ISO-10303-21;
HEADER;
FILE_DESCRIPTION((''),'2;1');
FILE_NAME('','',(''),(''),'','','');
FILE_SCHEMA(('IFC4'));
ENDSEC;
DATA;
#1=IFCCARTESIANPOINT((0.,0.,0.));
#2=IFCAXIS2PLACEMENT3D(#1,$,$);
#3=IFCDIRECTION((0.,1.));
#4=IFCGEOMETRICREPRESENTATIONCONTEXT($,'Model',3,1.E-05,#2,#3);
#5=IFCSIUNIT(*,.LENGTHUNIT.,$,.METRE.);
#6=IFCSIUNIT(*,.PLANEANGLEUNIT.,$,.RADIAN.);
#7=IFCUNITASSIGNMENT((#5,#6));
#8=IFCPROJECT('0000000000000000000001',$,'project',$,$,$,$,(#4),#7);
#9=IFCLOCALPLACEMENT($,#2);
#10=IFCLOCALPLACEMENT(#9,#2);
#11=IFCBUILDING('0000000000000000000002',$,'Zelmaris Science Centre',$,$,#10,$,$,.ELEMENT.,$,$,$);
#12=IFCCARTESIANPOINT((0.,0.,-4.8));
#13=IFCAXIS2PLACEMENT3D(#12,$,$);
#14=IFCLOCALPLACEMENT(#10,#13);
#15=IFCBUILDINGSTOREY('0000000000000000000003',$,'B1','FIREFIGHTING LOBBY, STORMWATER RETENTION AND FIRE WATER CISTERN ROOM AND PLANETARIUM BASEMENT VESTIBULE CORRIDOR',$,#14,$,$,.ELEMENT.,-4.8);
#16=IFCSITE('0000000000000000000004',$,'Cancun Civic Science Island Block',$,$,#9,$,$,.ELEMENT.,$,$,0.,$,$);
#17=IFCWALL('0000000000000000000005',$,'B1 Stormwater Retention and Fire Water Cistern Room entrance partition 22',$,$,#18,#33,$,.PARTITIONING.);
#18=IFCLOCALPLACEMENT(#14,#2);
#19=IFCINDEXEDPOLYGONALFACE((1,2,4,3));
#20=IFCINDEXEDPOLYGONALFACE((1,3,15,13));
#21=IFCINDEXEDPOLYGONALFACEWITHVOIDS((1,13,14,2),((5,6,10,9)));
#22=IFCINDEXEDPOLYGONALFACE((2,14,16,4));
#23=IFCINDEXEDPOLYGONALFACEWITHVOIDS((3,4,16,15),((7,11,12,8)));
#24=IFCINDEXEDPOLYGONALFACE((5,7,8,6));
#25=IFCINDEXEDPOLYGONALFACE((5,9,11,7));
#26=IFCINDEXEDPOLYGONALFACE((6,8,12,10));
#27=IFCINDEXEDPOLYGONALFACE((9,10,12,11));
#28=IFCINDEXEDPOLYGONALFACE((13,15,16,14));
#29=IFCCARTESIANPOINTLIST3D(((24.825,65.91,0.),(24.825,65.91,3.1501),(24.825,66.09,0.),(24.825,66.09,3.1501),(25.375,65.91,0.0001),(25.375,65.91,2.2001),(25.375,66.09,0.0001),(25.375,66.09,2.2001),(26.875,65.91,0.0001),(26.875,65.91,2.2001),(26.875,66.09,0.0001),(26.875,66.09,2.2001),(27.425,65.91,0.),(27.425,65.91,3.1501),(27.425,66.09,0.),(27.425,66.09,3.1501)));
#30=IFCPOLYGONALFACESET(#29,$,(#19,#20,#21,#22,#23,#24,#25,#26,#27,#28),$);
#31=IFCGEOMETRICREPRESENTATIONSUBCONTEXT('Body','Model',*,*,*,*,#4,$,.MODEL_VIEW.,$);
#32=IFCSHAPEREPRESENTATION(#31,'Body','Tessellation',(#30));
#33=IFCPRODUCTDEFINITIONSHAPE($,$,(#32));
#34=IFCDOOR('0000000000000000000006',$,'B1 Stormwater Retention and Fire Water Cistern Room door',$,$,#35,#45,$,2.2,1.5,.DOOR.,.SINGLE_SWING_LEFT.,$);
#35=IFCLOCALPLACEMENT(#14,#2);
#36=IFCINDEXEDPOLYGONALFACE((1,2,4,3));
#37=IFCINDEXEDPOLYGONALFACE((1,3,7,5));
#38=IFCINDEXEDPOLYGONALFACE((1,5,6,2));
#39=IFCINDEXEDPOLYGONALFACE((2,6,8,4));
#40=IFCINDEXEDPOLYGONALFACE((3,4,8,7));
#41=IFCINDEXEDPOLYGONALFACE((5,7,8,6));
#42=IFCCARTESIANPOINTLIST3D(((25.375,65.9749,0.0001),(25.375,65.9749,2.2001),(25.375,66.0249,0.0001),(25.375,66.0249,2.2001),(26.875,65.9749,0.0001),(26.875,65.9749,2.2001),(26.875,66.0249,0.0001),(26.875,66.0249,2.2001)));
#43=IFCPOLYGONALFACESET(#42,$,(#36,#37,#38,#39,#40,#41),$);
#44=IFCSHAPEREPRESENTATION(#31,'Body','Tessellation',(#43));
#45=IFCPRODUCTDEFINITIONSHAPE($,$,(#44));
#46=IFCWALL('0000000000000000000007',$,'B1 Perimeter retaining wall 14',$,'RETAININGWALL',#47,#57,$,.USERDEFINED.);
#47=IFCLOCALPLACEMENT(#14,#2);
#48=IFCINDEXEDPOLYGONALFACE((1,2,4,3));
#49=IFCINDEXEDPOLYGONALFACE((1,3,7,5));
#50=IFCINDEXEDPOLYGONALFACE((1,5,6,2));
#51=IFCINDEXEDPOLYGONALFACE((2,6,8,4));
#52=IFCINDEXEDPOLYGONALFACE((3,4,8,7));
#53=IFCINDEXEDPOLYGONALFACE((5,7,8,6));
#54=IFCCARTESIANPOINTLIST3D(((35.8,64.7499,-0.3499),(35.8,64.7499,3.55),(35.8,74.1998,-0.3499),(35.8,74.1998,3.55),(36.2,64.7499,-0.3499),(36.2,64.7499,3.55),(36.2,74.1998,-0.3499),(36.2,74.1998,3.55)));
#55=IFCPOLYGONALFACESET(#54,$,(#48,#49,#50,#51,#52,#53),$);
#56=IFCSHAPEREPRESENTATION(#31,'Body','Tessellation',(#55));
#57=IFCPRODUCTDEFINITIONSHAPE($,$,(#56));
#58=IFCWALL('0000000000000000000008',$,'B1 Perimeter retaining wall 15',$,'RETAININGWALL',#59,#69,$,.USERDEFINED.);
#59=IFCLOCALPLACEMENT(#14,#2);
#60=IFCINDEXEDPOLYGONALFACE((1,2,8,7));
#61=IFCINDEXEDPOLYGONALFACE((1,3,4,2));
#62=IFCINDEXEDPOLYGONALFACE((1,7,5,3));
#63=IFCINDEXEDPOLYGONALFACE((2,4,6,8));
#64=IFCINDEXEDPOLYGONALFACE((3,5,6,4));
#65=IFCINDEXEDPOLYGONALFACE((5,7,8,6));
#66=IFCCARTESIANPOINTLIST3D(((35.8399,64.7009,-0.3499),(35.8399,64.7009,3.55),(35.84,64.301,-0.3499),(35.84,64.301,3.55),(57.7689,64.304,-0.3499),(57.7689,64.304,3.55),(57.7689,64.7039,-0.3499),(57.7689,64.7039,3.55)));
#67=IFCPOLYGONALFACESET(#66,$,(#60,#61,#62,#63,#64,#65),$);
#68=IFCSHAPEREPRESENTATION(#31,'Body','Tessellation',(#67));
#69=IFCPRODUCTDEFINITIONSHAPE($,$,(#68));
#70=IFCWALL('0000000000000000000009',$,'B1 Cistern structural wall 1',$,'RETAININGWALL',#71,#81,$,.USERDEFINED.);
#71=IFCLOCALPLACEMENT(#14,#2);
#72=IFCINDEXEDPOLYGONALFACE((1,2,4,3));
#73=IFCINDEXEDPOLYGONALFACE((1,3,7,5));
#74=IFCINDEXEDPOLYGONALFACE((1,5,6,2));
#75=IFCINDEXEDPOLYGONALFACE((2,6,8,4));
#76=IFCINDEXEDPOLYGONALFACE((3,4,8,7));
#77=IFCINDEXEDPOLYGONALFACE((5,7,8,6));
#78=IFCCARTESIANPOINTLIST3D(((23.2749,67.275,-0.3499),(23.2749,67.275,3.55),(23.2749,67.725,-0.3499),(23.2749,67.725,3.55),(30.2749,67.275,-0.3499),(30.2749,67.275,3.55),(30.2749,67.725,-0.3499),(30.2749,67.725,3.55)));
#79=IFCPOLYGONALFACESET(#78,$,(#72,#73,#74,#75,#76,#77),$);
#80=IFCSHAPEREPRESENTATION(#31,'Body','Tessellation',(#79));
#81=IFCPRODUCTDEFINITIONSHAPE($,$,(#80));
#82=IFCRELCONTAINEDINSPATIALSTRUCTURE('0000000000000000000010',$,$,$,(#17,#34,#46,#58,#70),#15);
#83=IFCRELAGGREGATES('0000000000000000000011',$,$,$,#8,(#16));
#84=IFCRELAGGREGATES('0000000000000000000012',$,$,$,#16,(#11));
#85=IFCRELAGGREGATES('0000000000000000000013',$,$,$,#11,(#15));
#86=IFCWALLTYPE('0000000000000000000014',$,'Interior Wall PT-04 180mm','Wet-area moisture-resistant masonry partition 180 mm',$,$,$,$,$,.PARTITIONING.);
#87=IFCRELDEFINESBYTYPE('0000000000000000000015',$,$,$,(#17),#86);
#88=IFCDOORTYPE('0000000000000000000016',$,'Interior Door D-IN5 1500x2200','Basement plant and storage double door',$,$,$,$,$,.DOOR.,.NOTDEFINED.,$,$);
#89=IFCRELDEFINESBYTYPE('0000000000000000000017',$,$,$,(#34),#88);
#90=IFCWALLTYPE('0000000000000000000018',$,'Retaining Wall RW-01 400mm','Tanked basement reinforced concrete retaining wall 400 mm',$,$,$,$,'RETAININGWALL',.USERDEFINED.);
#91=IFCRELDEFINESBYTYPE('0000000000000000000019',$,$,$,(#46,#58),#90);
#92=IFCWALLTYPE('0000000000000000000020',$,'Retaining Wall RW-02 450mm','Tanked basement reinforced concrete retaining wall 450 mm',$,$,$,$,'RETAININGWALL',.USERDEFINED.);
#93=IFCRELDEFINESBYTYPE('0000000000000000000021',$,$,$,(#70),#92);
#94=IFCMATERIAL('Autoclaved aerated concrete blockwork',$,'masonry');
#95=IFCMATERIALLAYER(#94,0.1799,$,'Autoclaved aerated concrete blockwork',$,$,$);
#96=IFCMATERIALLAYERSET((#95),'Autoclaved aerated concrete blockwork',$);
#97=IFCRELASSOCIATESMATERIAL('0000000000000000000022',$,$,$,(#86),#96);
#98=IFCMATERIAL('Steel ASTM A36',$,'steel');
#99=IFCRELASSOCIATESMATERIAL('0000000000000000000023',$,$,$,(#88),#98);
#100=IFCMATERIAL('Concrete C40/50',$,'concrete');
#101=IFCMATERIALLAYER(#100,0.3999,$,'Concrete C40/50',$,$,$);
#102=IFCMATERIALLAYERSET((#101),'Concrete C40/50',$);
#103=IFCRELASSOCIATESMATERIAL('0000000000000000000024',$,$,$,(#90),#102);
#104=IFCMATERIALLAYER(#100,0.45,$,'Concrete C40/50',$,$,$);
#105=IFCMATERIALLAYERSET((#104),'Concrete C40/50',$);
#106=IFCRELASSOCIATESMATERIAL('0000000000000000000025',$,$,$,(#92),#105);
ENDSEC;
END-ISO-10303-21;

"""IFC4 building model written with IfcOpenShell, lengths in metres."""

from ifc_helpers import new_model, si_unit, direction, frame, frame_2d, origin, place, context, subcontext, project, spatial, rectangle, extrude, material, layer, layer_set, type_object, element, fill, save


model = new_model("IFC4")

# Units and contexts
model_context = context("Model", 3, precision=1e-05, world=origin(), true_north=direction((0.0, 1.0)))
body_context = subcontext(model_context, "Body", "Model", "MODEL_VIEW")
ifc_project = project(units=[si_unit("LENGTHUNIT", "METRE"), si_unit("PLANEANGLEUNIT", "RADIAN")], contexts=[model_context])

# Site, building, storey
site_placement = place(None, origin())
site = spatial("IfcSite", under=ifc_project, at=site_placement, Name="Cancun Civic Science Island Block", CompositionType="ELEMENT", RefElevation=0.0)
building_placement = place(site_placement, origin())
building = spatial("IfcBuilding", under=site, at=building_placement, Name="Zelmaris Science Centre", CompositionType="ELEMENT")
storey_placement = place(building_placement, frame((0.0, 0.0, -4.8)))
storey = spatial("IfcBuildingStorey", under=building, at=storey_placement, Name="B1", Description="FIREFIGHTING LOBBY, STORMWATER RETENTION AND FIRE WATER CISTERN ROOM AND PLANETARIUM BASEMENT VESTIBULE CORRIDOR", CompositionType="ELEMENT", Elevation=-4.8)

# Shared definitions
ifc_material_1 = material(Name="Concrete C40/50", Category="concrete")

# Wall, opening, door
ifc_material_2 = material(Name="Autoclaved aerated concrete blockwork", Category="masonry")
ifc_layer_1 = layer(ifc_material_2, 0.1799, Name="Autoclaved aerated concrete blockwork")
ifc_layer_set_1 = layer_set([ifc_layer_1], Name="Autoclaved aerated concrete blockwork")
wall_type_1 = type_object("IfcWallType", Name="Interior Wall PT-04 180mm", Description="Wet-area moisture-resistant masonry partition 180 mm", PredefinedType="PARTITIONING", material=ifc_layer_set_1)
wall_1_placement = place(storey_placement, frame((24.825, 66.0, 0.0), z_axis=(0.0, 0.0, 1.0), x_axis=(1.0, 0.0, 0.0)))
wall_1 = element("IfcWall", 1, at=wall_1_placement, inside=storey, type_object=wall_type_1, Name="B1 Stormwater Retention and Fire Water Cistern Room entrance partition 22", PredefinedType="PARTITIONING", context=body_context, shape_type="SweptSolid", body=[
    extrude(rectangle(XDim=2.6001, YDim=0.1799, at=frame_2d((1.3, 0.0))), origin(), (0.0, 0.0, 1.0), 3.1501),
])
opening_placement = place(wall_1_placement, frame((0.55, 0.0, 0.0)))
opening = element("IfcOpeningElement", 2, at=opening_placement, cuts=wall_1, PredefinedType="OPENING", context=body_context, shape_type="SweptSolid", body=[
    extrude(rectangle(XDim=1.5, YDim=2.2, at=frame_2d((0.75, 1.1001))), frame((0.0, 0.0999, 0.0), z_axis=(0.0, -1.0, 0.0), x_axis=(1.0, 0.0, 0.0)), (0.0, 0.0, 1.0), 0.2),
])
ifc_material_3 = material(Name="Steel ASTM A36", Category="steel")
door_type = type_object("IfcDoorType", Name="Interior Door D-IN5 1500x2200", Description="Basement plant and storage double door", OperationType="NOTDEFINED", PredefinedType="DOOR", material=ifc_material_3)
door_placement = place(opening_placement, origin())
door = element("IfcDoor", 3, at=door_placement, inside=storey, type_object=door_type, Name="B1 Stormwater Retention and Fire Water Cistern Room door", OperationType="SINGLE_SWING_LEFT", OverallHeight=2.2, OverallWidth=1.5, PredefinedType="DOOR", context=body_context, shape_type="SweptSolid", body=[
    extrude(rectangle(XDim=1.5, YDim=2.2, at=frame_2d((0.75, 1.1001))), frame((0.0, 0.0249, 0.0), z_axis=(0.0, -1.0, 0.0), x_axis=(1.0, 0.0, 0.0)), (0.0, 0.0, 1.0), 0.05),
])
fill(opening, door)

# Walls
ifc_layer_2 = layer(ifc_material_1, 0.3999, Name="Concrete C40/50")
ifc_layer_set_2 = layer_set([ifc_layer_2], Name="Concrete C40/50")
wall_type_2 = type_object("IfcWallType", Name="Retaining Wall RW-01 400mm", Description="Tanked basement reinforced concrete retaining wall 400 mm", ElementType="RETAININGWALL", PredefinedType="USERDEFINED", material=ifc_layer_set_2)
wall_2_placement = place(storey_placement, frame((36.0, 74.2, -0.3499), z_axis=(0.0, 0.0, 1.0), x_axis=(0.0, -1.0, 0.0)))
element("IfcWall", 4, at=wall_2_placement, inside=storey, type_object=wall_type_2, Name="B1 Perimeter retaining wall 14", ObjectType="RETAININGWALL", PredefinedType="USERDEFINED", context=body_context, shape_type="SweptSolid", body=[
    extrude(rectangle(XDim=9.45, YDim=0.3999, at=frame_2d((4.7251, 0.0))), origin(), (0.0, 0.0, 1.0), 3.8999),
])
wall_3_placement = place(storey_placement, frame((35.8401, 64.501, -0.3499), z_axis=(0.0, 0.0, 1.0), x_axis=(1.0, 0.000134, 0.0)))
element("IfcWall", 5, at=wall_3_placement, inside=storey, type_object=wall_type_2, Name="B1 Perimeter retaining wall 15", ObjectType="RETAININGWALL", PredefinedType="USERDEFINED", context=body_context, shape_type="SweptSolid", body=[
    extrude(rectangle(XDim=21.929, YDim=0.3999, at=frame_2d((10.9644, 0.0))), origin(), (0.0, 0.0, 1.0), 3.8999),
])
ifc_layer_3 = layer(ifc_material_1, 0.45, Name="Concrete C40/50")
ifc_layer_set_3 = layer_set([ifc_layer_3], Name="Concrete C40/50")
wall_type_3 = type_object("IfcWallType", Name="Retaining Wall RW-02 450mm", Description="Tanked basement reinforced concrete retaining wall 450 mm", ElementType="RETAININGWALL", PredefinedType="USERDEFINED", material=ifc_layer_set_3)
wall_4_placement = place(storey_placement, frame((23.2749, 67.5, -0.3499), z_axis=(0.0, 0.0, 1.0), x_axis=(1.0, 0.0, 0.0)))
element("IfcWall", 6, at=wall_4_placement, inside=storey, type_object=wall_type_3, Name="B1 Cistern structural wall 1", ObjectType="RETAININGWALL", PredefinedType="USERDEFINED", context=body_context, shape_type="SweptSolid", body=[
    extrude(rectangle(XDim=7.0, YDim=0.45, at=frame_2d((3.5, 0.0))), origin(), (0.0, 0.0, 1.0), 3.8999),
])

save(model, "model.ifc")
